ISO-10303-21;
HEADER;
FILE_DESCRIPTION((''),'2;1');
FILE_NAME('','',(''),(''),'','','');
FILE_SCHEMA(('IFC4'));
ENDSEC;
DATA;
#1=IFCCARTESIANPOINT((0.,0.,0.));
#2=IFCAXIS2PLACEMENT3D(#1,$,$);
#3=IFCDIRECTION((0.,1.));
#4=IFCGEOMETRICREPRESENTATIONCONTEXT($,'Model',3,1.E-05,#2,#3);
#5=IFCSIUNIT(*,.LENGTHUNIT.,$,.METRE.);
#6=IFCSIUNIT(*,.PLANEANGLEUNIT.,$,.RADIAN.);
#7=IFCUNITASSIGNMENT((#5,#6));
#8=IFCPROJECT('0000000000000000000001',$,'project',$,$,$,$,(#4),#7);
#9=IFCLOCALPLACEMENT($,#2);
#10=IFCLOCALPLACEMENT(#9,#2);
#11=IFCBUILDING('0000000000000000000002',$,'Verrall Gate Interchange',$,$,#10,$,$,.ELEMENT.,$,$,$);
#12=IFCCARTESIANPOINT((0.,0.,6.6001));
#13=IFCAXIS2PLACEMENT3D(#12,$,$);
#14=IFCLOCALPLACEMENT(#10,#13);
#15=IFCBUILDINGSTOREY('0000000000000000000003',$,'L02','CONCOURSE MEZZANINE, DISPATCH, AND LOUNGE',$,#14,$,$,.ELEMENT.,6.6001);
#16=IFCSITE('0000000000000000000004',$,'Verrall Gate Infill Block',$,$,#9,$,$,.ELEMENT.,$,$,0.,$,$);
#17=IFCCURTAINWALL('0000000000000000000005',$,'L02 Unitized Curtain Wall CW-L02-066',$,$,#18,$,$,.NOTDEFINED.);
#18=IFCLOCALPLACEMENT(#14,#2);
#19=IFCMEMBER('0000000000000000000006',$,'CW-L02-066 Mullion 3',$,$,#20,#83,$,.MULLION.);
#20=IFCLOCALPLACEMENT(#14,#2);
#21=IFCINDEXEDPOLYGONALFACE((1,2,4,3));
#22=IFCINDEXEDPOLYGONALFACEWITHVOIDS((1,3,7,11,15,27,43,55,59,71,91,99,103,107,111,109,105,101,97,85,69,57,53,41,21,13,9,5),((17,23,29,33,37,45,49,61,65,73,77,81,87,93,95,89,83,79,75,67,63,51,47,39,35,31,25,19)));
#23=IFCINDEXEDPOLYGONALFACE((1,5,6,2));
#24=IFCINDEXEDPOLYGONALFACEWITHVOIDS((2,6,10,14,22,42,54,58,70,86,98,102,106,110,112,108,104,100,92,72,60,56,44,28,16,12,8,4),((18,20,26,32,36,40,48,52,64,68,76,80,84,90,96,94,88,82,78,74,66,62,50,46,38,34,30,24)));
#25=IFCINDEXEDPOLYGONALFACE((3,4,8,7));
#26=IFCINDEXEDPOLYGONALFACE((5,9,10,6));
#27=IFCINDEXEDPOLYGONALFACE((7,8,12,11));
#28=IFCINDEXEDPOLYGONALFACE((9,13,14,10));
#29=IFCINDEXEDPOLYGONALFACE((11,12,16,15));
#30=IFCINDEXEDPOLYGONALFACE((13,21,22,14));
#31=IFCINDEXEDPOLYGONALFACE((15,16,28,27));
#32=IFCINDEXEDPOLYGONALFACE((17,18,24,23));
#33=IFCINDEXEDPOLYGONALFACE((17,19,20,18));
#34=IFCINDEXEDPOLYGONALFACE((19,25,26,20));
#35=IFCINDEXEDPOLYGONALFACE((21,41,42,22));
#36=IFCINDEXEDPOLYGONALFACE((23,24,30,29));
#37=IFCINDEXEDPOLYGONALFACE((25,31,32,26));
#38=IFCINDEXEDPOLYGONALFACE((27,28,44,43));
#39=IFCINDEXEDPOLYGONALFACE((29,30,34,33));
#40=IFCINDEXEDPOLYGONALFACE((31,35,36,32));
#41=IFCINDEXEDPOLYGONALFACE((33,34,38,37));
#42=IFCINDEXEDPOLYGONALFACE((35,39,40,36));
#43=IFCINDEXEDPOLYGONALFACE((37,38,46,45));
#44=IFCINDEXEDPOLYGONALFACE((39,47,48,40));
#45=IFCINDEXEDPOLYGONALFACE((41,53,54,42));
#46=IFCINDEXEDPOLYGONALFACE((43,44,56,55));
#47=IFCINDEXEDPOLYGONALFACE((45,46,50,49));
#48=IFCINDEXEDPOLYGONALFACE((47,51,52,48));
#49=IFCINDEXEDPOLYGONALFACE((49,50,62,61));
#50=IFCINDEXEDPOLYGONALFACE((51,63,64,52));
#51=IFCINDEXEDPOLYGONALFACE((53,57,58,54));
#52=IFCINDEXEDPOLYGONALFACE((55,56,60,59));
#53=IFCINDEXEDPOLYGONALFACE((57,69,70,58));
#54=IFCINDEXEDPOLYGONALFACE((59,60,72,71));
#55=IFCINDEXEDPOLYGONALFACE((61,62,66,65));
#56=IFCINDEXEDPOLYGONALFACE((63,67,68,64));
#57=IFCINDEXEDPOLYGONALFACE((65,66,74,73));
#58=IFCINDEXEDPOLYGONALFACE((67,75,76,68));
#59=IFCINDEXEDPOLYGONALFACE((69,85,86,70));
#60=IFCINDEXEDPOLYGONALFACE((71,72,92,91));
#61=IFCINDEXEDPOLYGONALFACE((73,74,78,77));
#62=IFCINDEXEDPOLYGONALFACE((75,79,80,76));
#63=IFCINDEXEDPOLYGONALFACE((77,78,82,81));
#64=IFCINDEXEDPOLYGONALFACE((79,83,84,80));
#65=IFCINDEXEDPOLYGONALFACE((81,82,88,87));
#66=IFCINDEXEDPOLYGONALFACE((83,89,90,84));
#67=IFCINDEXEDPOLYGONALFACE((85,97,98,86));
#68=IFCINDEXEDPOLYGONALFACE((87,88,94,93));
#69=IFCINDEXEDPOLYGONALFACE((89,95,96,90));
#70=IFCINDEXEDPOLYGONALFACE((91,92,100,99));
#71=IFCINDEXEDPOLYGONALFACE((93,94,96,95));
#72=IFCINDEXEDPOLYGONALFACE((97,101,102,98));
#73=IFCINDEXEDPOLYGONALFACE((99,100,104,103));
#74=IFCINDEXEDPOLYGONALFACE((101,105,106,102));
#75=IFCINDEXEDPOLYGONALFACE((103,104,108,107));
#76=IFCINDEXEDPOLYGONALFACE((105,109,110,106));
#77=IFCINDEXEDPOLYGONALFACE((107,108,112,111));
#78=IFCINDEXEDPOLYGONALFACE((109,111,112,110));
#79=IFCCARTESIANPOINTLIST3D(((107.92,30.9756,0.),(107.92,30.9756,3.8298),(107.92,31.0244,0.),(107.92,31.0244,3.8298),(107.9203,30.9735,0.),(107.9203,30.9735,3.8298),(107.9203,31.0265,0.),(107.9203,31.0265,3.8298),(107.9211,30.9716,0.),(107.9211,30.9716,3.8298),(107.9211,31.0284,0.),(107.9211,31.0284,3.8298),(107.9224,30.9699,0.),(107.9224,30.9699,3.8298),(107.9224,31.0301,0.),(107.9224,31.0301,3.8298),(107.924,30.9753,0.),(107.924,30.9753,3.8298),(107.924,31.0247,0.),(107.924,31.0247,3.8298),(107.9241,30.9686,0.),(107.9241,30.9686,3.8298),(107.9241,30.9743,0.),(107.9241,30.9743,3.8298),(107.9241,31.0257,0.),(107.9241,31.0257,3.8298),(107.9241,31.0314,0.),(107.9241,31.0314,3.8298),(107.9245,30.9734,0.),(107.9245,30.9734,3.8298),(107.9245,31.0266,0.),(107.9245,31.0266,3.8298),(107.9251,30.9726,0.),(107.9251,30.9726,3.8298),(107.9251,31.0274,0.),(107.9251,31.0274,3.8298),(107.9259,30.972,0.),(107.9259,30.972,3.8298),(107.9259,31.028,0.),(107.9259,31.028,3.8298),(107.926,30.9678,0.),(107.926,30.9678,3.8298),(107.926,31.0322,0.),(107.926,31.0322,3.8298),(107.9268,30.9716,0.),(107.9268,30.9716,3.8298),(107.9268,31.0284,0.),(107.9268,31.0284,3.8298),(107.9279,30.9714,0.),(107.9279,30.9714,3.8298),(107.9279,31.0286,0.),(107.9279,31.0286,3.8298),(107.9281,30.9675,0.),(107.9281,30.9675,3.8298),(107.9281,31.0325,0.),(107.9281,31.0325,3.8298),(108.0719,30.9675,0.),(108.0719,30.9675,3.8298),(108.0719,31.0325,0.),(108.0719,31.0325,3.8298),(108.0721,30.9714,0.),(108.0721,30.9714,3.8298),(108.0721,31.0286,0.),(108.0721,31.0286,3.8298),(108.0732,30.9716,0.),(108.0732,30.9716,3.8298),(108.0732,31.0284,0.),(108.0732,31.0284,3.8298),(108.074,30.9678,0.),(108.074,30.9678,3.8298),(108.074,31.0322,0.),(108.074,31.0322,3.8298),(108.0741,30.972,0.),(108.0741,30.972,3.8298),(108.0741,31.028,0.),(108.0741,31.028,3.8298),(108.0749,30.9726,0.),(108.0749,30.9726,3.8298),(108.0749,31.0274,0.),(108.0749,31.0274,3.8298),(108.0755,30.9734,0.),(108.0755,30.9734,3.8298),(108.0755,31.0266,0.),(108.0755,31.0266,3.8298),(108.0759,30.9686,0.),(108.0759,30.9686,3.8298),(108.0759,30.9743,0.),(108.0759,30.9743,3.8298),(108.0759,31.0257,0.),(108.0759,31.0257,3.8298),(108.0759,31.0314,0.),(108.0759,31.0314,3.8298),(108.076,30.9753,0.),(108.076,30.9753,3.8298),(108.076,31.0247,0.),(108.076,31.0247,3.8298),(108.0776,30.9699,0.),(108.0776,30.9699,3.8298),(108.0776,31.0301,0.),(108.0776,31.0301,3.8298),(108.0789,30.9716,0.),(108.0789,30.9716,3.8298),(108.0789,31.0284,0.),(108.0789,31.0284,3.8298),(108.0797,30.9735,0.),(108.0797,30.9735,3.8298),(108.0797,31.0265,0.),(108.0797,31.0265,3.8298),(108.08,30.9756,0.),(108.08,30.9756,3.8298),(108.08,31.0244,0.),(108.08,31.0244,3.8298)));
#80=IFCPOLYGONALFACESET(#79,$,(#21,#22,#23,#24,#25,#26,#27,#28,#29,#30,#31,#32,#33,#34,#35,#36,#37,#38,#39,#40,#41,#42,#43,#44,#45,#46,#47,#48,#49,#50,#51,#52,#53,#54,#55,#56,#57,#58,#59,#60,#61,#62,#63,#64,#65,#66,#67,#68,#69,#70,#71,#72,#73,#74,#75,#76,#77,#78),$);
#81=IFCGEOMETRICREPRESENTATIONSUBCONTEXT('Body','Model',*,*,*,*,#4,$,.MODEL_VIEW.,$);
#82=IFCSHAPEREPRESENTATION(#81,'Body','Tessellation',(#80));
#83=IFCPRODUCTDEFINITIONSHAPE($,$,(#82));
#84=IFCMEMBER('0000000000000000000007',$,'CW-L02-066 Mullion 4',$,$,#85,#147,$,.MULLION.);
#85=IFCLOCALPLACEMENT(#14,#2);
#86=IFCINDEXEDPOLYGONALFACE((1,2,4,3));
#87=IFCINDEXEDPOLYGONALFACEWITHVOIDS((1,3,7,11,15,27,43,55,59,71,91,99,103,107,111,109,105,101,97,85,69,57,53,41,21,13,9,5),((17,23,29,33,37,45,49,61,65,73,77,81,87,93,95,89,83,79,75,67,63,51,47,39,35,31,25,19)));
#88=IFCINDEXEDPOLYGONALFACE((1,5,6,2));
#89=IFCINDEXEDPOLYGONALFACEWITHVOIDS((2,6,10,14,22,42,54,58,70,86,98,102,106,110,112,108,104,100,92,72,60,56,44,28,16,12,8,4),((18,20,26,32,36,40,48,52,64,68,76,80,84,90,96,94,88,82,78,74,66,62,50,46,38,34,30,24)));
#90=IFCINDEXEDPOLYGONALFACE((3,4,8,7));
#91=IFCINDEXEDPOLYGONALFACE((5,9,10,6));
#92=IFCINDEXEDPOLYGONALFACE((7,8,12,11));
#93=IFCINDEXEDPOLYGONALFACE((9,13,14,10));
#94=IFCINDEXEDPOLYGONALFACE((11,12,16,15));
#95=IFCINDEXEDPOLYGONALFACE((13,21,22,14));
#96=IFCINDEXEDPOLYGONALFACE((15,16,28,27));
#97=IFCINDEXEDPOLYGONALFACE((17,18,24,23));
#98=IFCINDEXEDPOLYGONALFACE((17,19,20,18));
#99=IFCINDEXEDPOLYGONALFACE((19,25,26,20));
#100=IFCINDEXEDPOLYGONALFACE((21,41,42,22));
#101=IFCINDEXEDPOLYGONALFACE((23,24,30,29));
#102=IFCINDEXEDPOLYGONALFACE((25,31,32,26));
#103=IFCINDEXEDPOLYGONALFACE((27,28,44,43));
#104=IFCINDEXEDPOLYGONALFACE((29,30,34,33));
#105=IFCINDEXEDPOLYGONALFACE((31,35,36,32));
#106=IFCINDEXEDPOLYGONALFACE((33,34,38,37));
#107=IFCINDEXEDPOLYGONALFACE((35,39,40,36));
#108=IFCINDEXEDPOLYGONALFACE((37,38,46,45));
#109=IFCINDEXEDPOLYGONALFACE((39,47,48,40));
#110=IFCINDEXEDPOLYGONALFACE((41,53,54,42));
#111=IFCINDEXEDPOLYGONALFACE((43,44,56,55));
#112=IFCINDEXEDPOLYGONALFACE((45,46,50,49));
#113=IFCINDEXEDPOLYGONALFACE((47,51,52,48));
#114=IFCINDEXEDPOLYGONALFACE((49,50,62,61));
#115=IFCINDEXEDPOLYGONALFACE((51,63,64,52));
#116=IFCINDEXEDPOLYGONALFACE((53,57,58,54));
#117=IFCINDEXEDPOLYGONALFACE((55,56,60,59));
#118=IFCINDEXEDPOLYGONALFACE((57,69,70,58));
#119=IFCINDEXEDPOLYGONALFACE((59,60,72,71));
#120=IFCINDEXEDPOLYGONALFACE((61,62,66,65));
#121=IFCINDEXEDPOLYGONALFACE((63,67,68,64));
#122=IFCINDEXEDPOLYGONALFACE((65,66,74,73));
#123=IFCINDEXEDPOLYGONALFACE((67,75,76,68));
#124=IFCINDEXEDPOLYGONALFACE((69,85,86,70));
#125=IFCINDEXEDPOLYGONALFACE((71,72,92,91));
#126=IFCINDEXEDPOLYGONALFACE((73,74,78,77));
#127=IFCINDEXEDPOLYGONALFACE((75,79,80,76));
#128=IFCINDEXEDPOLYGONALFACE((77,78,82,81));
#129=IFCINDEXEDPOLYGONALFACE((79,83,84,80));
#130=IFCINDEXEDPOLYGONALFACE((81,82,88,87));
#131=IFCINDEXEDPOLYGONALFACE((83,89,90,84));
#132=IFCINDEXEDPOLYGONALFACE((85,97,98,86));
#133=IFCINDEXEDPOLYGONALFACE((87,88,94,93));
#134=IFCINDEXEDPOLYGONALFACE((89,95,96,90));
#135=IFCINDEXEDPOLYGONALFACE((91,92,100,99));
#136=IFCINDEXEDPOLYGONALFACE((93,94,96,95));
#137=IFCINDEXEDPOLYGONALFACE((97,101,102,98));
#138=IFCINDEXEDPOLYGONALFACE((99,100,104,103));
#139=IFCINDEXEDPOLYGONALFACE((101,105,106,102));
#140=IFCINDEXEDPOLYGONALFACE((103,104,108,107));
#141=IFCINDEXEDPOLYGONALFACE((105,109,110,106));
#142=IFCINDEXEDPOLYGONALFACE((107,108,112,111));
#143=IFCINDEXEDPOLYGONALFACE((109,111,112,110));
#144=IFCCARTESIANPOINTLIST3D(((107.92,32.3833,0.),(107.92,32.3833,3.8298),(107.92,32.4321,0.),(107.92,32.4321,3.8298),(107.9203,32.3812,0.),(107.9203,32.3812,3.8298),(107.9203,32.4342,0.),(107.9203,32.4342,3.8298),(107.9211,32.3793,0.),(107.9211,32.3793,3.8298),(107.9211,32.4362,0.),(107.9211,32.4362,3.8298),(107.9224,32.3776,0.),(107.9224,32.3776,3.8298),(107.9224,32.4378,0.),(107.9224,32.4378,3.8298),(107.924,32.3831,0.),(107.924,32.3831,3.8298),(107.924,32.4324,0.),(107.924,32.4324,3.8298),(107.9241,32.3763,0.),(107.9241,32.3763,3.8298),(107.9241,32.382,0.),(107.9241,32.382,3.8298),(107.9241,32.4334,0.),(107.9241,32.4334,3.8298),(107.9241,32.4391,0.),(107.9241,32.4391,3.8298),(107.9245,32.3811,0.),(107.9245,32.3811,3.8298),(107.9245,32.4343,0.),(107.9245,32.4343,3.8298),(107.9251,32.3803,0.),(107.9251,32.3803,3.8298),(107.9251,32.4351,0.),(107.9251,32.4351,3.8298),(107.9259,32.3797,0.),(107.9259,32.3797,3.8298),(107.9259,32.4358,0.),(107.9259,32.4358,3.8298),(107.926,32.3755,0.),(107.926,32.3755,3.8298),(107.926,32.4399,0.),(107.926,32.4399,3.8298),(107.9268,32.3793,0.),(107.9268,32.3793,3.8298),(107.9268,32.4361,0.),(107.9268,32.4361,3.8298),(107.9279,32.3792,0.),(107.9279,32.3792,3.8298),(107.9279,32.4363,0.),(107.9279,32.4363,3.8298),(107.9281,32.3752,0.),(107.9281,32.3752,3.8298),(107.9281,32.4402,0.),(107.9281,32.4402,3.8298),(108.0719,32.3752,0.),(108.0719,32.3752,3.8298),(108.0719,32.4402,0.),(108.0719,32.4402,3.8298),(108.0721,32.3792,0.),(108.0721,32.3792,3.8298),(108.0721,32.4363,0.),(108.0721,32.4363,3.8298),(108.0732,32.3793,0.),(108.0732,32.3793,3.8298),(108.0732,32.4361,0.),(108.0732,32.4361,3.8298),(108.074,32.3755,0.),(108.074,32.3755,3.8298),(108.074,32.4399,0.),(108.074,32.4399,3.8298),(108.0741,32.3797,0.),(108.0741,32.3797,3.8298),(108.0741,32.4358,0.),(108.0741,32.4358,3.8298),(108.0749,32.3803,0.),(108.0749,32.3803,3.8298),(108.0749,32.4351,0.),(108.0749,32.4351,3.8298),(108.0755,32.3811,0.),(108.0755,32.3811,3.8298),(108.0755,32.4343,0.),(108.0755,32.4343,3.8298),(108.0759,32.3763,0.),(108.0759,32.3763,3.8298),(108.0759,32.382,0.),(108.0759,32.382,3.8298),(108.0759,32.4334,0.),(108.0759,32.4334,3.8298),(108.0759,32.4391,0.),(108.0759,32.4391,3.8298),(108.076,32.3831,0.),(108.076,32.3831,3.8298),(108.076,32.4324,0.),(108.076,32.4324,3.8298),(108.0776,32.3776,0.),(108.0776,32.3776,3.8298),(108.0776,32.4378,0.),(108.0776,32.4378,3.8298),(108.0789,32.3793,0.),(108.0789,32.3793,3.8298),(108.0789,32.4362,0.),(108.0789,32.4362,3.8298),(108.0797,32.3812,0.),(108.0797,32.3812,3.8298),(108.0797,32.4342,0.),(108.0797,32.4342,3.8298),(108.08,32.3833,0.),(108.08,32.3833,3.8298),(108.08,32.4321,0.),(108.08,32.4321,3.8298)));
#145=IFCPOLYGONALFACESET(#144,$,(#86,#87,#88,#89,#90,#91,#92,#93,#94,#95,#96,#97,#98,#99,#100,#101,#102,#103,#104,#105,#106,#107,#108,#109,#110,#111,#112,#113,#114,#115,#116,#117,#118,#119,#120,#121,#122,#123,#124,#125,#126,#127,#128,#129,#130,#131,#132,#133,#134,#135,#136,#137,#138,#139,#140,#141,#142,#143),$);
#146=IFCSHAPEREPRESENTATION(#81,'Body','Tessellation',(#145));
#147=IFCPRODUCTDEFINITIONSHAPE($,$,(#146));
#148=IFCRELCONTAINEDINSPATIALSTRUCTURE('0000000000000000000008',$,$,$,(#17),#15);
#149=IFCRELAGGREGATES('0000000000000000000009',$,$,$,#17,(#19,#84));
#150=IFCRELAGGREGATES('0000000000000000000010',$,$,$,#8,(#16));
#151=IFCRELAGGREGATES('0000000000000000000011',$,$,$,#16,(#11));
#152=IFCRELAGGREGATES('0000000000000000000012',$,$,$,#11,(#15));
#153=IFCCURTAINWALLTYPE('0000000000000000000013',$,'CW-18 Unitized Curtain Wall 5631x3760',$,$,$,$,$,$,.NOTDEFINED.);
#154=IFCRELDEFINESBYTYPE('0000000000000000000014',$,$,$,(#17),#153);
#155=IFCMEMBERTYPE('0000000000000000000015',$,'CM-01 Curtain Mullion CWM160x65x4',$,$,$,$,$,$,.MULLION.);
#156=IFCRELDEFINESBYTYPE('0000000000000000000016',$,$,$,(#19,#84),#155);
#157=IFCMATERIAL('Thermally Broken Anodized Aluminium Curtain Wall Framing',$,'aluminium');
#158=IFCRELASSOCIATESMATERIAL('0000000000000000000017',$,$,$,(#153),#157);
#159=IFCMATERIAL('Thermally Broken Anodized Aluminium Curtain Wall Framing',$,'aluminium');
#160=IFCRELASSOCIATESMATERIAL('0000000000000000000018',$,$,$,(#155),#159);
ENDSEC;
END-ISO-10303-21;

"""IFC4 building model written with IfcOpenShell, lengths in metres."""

from ifc_helpers import new_model, si_unit, direction, frame, origin, origin_2d, place, context, subcontext, project, spatial, hollow_rectangle, extrude, material, material_profile, profile_set, type_object, element, aggregate, save


model = new_model("IFC4")

# Units and contexts
model_context = context("Model", 3, precision=1e-05, world=origin(), true_north=direction((0.0, 1.0)))
body_context = subcontext(model_context, "Body", "Model", "MODEL_VIEW")
ifc_project = project(units=[si_unit("LENGTHUNIT", "METRE"), si_unit("PLANEANGLEUNIT", "RADIAN")], contexts=[model_context])

# Site, building, storey
site_placement = place(None, origin())
site = spatial("IfcSite", under=ifc_project, at=site_placement, Name="Verrall Gate Infill Block", CompositionType="ELEMENT", RefElevation=0.0)
building_placement = place(site_placement, origin())
building = spatial("IfcBuilding", under=site, at=building_placement, Name="Verrall Gate Interchange", CompositionType="ELEMENT")
storey_placement = place(building_placement, frame((0.0, 0.0, 6.6001)))
storey = spatial("IfcBuildingStorey", under=building, at=storey_placement, Name="L02", Description="CONCOURSE MEZZANINE, DISPATCH, AND LOUNGE", CompositionType="ELEMENT", Elevation=6.6001)

# Curtain wall, members
ifc_material_1 = material(Name="Thermally Broken Anodized Aluminium Curtain Wall Framing", Category="aluminium")
curtain_wall_type = type_object("IfcCurtainWallType", Name="CW-18 Unitized Curtain Wall 5631x3760", PredefinedType="NOTDEFINED", material=ifc_material_1)
curtain_wall_1_placement = place(storey_placement, origin())
curtain_wall_1 = element("IfcCurtainWall", 1, at=curtain_wall_1_placement, inside=storey, type_object=curtain_wall_type, Name="L02 Unitized Curtain Wall CW-L02-066", PredefinedType="NOTDEFINED")
ifc_material_2 = material(Name="Thermally Broken Anodized Aluminium Curtain Wall Framing", Category="aluminium")
ifc_material_profile_1 = material_profile(ifc_material_2, hollow_rectangle(XDim=0.0649, YDim=0.1599, WallThickness=0.0039, InnerFilletRadius=0.0039, OuterFilletRadius=0.0081, at=origin_2d()), Name="CWM160x65x4")
ifc_profile_set_1 = profile_set([ifc_material_profile_1], Name="Thermally Broken Anodized Aluminium Curtain Wall Framing")
member_type_1 = type_object("IfcMemberType", Name="CM-01 Curtain Mullion CWM160x65x4", PredefinedType="MULLION", material=ifc_profile_set_1)
member_1_placement = place(storey_placement, frame((108.0, 31.0, 0.0), z_axis=(0.0, 0.0, 1.0), x_axis=(0.0, 1.0, 0.0)))
member_1 = element("IfcMember", 2, at=member_1_placement, type_object=member_type_1, Name="CW-L02-066 Mullion 3", PredefinedType="MULLION", context=body_context, shape_type="SweptSolid", body=[
    extrude(hollow_rectangle(XDim=0.0649, YDim=0.1599, WallThickness=0.0039, InnerFilletRadius=0.0039, OuterFilletRadius=0.0081, at=origin_2d()), origin(), (0.0, 0.0, 1.0), 3.8298),
])
member_2_placement = place(storey_placement, frame((108.0, 32.4077, 0.0), z_axis=(0.0, 0.0, 1.0), x_axis=(0.0, 1.0, 0.0)))
member_2 = element("IfcMember", 3, at=member_2_placement, type_object=member_type_1, Name="CW-L02-066 Mullion 4", PredefinedType="MULLION", context=body_context, shape_type="SweptSolid", body=[
    extrude(hollow_rectangle(XDim=0.0649, YDim=0.1599, WallThickness=0.0039, InnerFilletRadius=0.0039, OuterFilletRadius=0.0081, at=origin_2d()), origin(), (0.0, 0.0, 1.0), 3.8298),
])

aggregate(curtain_wall_1, [member_1, member_2])

save(model, "model.ifc")
